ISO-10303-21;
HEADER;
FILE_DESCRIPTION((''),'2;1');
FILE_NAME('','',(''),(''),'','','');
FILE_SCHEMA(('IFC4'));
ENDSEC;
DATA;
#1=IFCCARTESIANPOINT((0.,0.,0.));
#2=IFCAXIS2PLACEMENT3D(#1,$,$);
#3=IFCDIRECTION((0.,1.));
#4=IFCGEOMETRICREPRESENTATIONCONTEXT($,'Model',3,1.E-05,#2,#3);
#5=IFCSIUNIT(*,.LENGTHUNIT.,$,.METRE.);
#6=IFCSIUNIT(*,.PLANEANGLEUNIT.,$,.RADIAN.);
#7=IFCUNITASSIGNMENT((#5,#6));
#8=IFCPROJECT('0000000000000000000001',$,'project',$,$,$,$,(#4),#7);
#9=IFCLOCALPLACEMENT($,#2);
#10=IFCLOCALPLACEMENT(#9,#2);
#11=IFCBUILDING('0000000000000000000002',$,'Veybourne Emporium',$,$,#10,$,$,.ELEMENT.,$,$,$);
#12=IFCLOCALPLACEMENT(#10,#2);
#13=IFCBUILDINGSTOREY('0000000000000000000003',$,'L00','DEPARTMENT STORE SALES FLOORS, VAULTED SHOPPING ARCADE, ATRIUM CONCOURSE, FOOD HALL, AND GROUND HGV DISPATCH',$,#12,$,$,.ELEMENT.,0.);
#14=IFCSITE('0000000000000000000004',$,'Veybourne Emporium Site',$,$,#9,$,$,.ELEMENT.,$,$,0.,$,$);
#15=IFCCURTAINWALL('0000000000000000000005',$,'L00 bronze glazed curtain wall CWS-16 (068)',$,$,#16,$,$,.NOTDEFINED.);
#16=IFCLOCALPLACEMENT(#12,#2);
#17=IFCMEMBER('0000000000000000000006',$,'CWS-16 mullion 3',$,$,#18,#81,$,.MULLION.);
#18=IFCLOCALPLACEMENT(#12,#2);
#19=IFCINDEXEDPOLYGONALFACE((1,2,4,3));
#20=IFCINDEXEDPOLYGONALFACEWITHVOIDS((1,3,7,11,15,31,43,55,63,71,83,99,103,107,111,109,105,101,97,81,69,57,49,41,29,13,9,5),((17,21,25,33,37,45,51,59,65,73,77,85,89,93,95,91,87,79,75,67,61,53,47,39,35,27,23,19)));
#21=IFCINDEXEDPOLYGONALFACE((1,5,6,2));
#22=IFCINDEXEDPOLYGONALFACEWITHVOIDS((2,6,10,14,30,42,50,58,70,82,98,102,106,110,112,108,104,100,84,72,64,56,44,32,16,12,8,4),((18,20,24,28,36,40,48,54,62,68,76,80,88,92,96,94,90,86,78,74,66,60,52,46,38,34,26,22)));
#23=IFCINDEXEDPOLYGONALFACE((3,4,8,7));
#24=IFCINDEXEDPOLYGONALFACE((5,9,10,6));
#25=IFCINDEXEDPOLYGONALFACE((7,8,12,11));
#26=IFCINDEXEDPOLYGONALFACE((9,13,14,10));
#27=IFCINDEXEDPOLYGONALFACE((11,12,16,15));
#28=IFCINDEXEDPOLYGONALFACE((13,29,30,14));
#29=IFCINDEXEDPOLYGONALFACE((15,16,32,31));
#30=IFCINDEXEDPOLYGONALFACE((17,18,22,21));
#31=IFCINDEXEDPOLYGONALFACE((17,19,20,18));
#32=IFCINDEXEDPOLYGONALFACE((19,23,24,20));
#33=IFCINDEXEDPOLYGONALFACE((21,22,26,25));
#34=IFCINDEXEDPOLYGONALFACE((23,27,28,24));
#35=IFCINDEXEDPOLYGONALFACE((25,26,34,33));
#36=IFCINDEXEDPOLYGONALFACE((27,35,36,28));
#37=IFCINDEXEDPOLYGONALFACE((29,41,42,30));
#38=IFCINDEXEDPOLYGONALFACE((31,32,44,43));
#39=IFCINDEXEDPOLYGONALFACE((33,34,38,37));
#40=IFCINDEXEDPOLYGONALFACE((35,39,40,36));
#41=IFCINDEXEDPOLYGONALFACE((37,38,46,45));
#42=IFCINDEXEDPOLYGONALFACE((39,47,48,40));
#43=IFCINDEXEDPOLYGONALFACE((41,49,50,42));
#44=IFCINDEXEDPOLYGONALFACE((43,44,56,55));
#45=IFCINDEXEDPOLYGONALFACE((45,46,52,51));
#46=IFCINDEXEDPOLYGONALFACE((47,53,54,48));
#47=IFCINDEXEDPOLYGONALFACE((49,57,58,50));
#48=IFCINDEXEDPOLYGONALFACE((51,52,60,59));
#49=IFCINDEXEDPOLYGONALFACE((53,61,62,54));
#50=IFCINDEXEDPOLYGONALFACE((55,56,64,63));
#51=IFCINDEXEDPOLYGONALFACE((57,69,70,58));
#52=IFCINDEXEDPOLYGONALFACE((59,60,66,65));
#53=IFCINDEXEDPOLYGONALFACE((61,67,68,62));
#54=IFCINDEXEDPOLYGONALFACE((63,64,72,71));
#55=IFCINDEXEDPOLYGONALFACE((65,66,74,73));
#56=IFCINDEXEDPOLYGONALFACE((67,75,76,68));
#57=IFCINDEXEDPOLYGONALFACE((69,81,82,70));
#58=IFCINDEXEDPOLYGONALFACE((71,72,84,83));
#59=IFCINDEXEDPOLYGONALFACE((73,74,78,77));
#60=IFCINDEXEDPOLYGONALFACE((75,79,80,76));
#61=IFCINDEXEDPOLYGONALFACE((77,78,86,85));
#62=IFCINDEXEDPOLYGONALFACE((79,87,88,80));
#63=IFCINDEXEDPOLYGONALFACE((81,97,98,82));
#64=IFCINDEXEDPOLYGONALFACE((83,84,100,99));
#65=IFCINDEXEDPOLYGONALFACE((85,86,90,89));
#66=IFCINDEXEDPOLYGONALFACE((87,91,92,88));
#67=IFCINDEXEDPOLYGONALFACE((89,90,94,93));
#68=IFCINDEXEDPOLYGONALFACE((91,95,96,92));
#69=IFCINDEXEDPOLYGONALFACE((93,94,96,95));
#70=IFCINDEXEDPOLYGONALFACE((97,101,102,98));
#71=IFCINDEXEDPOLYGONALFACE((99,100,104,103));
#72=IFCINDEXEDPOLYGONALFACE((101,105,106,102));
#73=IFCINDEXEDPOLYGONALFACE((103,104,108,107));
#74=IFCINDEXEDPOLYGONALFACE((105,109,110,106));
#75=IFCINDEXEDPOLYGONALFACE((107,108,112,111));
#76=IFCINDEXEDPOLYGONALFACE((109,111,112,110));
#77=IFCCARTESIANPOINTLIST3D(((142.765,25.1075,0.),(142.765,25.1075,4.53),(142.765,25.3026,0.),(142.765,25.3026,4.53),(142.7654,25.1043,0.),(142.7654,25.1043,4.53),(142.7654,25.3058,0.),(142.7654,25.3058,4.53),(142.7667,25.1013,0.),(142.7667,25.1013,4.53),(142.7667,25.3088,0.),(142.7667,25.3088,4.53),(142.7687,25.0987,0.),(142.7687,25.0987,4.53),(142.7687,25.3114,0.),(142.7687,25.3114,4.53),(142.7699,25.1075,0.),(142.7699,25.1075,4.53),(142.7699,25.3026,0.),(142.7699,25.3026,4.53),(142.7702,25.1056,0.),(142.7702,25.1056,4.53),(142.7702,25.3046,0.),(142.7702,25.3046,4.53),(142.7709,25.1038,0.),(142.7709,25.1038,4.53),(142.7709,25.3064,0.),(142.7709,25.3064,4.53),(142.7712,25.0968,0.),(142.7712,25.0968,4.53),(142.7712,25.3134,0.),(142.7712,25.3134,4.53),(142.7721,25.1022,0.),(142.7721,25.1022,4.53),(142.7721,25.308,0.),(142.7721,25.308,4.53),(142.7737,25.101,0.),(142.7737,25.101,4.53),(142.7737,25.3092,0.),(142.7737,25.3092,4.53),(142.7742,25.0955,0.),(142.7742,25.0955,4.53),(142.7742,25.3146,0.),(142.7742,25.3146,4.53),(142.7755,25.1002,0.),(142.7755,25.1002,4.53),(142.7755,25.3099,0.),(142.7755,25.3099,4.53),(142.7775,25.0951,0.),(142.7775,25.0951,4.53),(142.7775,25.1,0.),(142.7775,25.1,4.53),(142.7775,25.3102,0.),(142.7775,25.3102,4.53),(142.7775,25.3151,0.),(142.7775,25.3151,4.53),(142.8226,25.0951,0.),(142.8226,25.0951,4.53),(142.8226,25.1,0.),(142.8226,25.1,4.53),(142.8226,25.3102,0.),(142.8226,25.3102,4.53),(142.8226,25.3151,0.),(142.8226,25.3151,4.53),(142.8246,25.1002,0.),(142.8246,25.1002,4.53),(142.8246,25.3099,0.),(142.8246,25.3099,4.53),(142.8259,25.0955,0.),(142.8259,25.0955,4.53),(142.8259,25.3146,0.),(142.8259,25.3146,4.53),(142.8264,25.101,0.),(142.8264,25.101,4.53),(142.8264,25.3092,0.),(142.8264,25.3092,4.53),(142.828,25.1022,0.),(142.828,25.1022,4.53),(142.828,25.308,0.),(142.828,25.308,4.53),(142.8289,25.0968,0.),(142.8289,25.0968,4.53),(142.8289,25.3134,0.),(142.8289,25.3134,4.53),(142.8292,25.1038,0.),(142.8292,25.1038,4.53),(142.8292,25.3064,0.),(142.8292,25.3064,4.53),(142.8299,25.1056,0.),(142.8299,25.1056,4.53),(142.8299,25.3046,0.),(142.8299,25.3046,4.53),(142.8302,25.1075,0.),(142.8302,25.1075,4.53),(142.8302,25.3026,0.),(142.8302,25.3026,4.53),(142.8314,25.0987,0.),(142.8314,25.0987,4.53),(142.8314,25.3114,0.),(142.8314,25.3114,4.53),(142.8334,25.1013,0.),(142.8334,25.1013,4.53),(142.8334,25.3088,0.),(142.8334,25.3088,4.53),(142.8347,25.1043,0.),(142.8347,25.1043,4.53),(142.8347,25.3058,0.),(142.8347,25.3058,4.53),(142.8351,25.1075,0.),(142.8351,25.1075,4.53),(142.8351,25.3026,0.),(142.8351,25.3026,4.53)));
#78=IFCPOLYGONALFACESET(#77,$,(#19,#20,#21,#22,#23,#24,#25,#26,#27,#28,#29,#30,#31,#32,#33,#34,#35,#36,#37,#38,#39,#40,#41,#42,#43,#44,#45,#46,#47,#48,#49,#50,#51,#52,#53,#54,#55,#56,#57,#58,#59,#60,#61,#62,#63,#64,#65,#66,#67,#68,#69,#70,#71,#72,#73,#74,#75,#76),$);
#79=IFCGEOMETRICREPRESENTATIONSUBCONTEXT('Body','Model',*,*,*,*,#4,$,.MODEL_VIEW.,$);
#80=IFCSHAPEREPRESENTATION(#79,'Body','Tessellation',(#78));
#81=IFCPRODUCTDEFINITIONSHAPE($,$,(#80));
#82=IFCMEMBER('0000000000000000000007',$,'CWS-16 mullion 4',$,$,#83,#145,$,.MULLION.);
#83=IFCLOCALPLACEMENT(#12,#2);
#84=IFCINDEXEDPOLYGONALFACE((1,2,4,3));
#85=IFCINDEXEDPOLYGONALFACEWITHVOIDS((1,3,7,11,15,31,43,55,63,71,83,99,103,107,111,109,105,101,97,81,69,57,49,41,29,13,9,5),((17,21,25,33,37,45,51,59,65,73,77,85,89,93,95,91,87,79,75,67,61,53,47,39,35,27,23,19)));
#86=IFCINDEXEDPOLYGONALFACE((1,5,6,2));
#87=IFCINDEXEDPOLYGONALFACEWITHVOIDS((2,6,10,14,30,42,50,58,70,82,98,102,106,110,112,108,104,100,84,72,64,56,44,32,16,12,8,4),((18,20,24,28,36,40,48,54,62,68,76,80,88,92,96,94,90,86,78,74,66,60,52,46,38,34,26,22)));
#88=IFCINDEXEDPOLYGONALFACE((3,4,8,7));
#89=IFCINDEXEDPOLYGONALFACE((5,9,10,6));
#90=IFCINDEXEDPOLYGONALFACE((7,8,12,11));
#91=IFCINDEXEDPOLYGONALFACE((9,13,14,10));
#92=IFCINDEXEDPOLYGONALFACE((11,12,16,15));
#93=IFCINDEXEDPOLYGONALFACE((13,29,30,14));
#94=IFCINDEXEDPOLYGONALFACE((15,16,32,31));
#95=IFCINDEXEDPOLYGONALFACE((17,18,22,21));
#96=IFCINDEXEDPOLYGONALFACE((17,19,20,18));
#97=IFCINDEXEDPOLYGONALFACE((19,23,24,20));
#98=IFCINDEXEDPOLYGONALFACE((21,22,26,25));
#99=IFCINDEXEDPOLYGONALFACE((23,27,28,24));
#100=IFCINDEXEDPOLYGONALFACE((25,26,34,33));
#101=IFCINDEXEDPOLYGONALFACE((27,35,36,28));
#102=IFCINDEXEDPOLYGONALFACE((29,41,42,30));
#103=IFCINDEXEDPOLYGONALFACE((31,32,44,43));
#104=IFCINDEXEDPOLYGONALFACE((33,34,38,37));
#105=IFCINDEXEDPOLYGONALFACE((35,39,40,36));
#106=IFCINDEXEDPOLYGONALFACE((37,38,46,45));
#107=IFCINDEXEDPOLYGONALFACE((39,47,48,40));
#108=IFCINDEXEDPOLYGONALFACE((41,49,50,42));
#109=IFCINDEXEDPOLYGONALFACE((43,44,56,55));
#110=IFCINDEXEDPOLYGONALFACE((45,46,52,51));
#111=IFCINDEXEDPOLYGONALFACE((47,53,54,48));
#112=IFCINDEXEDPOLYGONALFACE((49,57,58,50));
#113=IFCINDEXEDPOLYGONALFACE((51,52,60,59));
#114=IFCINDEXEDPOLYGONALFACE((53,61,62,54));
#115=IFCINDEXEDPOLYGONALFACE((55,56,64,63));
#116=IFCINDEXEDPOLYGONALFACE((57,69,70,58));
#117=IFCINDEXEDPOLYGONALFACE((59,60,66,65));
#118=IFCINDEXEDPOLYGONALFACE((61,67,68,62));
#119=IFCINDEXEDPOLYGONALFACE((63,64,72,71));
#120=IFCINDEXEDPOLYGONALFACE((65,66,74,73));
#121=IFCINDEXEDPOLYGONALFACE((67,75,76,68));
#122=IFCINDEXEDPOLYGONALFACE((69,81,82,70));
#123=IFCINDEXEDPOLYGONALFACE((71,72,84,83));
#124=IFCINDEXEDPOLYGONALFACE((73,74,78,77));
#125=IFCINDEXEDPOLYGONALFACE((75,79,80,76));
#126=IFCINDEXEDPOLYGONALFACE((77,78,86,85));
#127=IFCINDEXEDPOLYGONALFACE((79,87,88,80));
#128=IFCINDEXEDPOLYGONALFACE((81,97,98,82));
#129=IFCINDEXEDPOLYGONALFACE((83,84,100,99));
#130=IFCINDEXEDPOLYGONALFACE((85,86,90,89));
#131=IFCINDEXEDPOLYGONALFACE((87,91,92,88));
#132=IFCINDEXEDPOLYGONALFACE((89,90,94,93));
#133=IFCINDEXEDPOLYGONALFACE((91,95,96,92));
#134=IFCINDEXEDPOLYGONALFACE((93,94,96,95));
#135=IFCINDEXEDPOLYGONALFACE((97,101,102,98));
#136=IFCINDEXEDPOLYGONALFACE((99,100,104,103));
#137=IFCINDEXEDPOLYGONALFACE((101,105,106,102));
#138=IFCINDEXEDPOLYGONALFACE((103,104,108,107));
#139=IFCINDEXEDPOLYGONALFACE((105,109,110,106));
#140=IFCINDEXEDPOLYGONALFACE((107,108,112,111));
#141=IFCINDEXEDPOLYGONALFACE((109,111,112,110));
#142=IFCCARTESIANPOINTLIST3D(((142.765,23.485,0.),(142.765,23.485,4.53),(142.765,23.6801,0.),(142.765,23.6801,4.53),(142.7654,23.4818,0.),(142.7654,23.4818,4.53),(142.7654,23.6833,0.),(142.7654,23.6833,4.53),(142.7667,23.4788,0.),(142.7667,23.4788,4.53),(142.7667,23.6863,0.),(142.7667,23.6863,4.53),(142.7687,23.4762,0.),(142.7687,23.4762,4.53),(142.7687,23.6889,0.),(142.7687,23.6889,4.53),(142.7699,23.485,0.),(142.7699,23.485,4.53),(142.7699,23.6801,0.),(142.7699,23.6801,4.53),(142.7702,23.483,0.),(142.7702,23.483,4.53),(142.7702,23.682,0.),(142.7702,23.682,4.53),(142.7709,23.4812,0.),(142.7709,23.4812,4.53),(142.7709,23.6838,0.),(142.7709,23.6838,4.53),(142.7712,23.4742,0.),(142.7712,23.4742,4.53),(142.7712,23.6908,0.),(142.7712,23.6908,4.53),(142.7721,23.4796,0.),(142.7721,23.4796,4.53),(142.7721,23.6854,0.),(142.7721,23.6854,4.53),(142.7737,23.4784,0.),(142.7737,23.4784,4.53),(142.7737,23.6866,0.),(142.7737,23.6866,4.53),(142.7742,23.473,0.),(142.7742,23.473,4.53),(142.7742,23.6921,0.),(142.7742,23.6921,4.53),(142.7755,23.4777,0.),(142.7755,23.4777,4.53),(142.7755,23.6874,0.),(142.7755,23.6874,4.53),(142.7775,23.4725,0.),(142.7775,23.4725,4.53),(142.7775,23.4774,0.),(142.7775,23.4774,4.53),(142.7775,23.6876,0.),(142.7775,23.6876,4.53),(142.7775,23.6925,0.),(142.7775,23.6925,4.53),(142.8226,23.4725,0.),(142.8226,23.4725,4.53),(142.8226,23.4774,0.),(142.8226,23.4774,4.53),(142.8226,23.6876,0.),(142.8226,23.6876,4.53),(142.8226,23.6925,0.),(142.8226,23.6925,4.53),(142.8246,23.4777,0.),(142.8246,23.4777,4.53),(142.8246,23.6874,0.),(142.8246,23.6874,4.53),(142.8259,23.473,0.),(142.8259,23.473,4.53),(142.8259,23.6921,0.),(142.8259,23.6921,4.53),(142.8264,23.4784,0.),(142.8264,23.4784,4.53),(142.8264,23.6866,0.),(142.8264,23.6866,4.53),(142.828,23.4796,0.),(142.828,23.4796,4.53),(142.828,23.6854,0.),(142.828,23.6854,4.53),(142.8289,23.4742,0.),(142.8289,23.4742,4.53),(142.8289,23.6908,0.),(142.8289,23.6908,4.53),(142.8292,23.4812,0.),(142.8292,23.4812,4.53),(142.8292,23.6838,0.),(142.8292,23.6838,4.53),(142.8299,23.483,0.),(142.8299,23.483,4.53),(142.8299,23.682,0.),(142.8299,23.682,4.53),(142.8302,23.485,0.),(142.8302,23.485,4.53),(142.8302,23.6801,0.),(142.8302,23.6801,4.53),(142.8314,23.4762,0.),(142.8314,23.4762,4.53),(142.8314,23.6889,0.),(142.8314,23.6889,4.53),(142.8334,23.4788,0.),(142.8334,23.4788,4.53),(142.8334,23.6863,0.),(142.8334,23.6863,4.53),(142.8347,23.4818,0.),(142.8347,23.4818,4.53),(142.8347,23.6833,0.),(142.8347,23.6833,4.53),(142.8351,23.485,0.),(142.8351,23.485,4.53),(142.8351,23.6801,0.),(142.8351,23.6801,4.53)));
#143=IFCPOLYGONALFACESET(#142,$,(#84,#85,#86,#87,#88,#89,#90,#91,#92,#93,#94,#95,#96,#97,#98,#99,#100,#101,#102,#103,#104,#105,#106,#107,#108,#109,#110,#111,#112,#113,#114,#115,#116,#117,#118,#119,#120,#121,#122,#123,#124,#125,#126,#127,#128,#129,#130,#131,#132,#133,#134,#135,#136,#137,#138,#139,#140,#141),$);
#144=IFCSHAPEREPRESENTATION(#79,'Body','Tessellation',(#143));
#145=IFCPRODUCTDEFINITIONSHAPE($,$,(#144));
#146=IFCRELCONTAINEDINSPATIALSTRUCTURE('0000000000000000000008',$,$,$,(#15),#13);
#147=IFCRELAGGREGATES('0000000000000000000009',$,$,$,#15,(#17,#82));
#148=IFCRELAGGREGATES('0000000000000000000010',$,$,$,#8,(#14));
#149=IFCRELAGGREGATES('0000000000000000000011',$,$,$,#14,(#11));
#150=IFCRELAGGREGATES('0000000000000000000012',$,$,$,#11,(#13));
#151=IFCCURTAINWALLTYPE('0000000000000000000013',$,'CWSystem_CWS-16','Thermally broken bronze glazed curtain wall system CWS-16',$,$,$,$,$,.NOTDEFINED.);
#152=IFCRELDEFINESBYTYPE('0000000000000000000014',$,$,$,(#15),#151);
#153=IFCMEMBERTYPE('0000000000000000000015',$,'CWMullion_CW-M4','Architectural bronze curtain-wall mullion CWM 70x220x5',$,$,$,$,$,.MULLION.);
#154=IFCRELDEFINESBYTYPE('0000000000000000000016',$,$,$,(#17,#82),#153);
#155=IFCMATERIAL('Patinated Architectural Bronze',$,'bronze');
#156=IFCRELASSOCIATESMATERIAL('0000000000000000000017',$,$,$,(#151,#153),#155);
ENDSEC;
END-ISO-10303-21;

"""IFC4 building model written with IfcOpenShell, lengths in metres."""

from ifc_helpers import new_model, si_unit, direction, frame, origin, origin_2d, place, context, subcontext, project, spatial, hollow_rectangle, extrude, material, material_profile, profile_set, type_object, element, aggregate, save


model = new_model("IFC4")

# Units and contexts
model_context = context("Model", 3, precision=1e-05, world=origin(), true_north=direction((0.0, 1.0)))
body_context = subcontext(model_context, "Body", "Model", "MODEL_VIEW")
ifc_project = project(units=[si_unit("LENGTHUNIT", "METRE"), si_unit("PLANEANGLEUNIT", "RADIAN")], contexts=[model_context])

# Site, building, storey
site_placement = place(None, origin())
site = spatial("IfcSite", under=ifc_project, at=site_placement, Name="Veybourne Emporium Site", CompositionType="ELEMENT", RefElevation=0.0)
building_placement = place(site_placement, origin())
building = spatial("IfcBuilding", under=site, at=building_placement, Name="Veybourne Emporium", CompositionType="ELEMENT")
storey_placement = place(building_placement, origin())
storey = spatial("IfcBuildingStorey", under=building, at=storey_placement, Name="L00", Description="DEPARTMENT STORE SALES FLOORS, VAULTED SHOPPING ARCADE, ATRIUM CONCOURSE, FOOD HALL, AND GROUND HGV DISPATCH", CompositionType="ELEMENT", Elevation=0.0)

# Curtain wall, members
ifc_material_1 = material(Name="Patinated Architectural Bronze", Category="bronze")
curtain_wall_type = type_object("IfcCurtainWallType", Name="CWSystem_CWS-16", Description="Thermally broken bronze glazed curtain wall system CWS-16", PredefinedType="NOTDEFINED", material=ifc_material_1)
curtain_wall_placement = place(storey_placement, origin())
curtain_wall = element("IfcCurtainWall", 1, at=curtain_wall_placement, inside=storey, type_object=curtain_wall_type, Name="L00 bronze glazed curtain wall CWS-16 (068)", PredefinedType="NOTDEFINED")
ifc_material_profile_1 = material_profile(ifc_material_1, hollow_rectangle(XDim=0.0701, YDim=0.22, WallThickness=0.0049, InnerFilletRadius=0.0076, OuterFilletRadius=0.0125, at=origin_2d()), Name="CWM 70x220x5")
ifc_profile_set_1 = profile_set([ifc_material_profile_1], Name="Patinated Architectural Bronze")
member_type_1 = type_object("IfcMemberType", Name="CWMullion_CW-M4", Description="Architectural bronze curtain-wall mullion CWM 70x220x5", PredefinedType="MULLION", material=ifc_profile_set_1)
member_1_placement = place(storey_placement, frame((142.8, 25.2051, 0.0), z_axis=(0.0, 0.0, 1.0), x_axis=(1.0, 0.0, 0.0)))
member_1 = element("IfcMember", 2, at=member_1_placement, type_object=member_type_1, Name="CWS-16 mullion 3", PredefinedType="MULLION", context=body_context, shape_type="SweptSolid", body=[
    extrude(hollow_rectangle(XDim=0.0701, YDim=0.22, WallThickness=0.0049, InnerFilletRadius=0.0076, OuterFilletRadius=0.0125, at=origin_2d()), origin(), (0.0, 0.0, 1.0), 4.53),
])
member_2_placement = place(storey_placement, frame((142.8, 23.5825, 0.0), z_axis=(0.0, 0.0, 1.0), x_axis=(1.0, 0.0, 0.0)))
member_2 = element("IfcMember", 3, at=member_2_placement, type_object=member_type_1, Name="CWS-16 mullion 4", PredefinedType="MULLION", context=body_context, shape_type="SweptSolid", body=[
    extrude(hollow_rectangle(XDim=0.0701, YDim=0.22, WallThickness=0.0049, InnerFilletRadius=0.0076, OuterFilletRadius=0.0125, at=origin_2d()), origin(), (0.0, 0.0, 1.0), 4.53),
])

aggregate(curtain_wall, [member_1, member_2])

save(model, "model.ifc")
